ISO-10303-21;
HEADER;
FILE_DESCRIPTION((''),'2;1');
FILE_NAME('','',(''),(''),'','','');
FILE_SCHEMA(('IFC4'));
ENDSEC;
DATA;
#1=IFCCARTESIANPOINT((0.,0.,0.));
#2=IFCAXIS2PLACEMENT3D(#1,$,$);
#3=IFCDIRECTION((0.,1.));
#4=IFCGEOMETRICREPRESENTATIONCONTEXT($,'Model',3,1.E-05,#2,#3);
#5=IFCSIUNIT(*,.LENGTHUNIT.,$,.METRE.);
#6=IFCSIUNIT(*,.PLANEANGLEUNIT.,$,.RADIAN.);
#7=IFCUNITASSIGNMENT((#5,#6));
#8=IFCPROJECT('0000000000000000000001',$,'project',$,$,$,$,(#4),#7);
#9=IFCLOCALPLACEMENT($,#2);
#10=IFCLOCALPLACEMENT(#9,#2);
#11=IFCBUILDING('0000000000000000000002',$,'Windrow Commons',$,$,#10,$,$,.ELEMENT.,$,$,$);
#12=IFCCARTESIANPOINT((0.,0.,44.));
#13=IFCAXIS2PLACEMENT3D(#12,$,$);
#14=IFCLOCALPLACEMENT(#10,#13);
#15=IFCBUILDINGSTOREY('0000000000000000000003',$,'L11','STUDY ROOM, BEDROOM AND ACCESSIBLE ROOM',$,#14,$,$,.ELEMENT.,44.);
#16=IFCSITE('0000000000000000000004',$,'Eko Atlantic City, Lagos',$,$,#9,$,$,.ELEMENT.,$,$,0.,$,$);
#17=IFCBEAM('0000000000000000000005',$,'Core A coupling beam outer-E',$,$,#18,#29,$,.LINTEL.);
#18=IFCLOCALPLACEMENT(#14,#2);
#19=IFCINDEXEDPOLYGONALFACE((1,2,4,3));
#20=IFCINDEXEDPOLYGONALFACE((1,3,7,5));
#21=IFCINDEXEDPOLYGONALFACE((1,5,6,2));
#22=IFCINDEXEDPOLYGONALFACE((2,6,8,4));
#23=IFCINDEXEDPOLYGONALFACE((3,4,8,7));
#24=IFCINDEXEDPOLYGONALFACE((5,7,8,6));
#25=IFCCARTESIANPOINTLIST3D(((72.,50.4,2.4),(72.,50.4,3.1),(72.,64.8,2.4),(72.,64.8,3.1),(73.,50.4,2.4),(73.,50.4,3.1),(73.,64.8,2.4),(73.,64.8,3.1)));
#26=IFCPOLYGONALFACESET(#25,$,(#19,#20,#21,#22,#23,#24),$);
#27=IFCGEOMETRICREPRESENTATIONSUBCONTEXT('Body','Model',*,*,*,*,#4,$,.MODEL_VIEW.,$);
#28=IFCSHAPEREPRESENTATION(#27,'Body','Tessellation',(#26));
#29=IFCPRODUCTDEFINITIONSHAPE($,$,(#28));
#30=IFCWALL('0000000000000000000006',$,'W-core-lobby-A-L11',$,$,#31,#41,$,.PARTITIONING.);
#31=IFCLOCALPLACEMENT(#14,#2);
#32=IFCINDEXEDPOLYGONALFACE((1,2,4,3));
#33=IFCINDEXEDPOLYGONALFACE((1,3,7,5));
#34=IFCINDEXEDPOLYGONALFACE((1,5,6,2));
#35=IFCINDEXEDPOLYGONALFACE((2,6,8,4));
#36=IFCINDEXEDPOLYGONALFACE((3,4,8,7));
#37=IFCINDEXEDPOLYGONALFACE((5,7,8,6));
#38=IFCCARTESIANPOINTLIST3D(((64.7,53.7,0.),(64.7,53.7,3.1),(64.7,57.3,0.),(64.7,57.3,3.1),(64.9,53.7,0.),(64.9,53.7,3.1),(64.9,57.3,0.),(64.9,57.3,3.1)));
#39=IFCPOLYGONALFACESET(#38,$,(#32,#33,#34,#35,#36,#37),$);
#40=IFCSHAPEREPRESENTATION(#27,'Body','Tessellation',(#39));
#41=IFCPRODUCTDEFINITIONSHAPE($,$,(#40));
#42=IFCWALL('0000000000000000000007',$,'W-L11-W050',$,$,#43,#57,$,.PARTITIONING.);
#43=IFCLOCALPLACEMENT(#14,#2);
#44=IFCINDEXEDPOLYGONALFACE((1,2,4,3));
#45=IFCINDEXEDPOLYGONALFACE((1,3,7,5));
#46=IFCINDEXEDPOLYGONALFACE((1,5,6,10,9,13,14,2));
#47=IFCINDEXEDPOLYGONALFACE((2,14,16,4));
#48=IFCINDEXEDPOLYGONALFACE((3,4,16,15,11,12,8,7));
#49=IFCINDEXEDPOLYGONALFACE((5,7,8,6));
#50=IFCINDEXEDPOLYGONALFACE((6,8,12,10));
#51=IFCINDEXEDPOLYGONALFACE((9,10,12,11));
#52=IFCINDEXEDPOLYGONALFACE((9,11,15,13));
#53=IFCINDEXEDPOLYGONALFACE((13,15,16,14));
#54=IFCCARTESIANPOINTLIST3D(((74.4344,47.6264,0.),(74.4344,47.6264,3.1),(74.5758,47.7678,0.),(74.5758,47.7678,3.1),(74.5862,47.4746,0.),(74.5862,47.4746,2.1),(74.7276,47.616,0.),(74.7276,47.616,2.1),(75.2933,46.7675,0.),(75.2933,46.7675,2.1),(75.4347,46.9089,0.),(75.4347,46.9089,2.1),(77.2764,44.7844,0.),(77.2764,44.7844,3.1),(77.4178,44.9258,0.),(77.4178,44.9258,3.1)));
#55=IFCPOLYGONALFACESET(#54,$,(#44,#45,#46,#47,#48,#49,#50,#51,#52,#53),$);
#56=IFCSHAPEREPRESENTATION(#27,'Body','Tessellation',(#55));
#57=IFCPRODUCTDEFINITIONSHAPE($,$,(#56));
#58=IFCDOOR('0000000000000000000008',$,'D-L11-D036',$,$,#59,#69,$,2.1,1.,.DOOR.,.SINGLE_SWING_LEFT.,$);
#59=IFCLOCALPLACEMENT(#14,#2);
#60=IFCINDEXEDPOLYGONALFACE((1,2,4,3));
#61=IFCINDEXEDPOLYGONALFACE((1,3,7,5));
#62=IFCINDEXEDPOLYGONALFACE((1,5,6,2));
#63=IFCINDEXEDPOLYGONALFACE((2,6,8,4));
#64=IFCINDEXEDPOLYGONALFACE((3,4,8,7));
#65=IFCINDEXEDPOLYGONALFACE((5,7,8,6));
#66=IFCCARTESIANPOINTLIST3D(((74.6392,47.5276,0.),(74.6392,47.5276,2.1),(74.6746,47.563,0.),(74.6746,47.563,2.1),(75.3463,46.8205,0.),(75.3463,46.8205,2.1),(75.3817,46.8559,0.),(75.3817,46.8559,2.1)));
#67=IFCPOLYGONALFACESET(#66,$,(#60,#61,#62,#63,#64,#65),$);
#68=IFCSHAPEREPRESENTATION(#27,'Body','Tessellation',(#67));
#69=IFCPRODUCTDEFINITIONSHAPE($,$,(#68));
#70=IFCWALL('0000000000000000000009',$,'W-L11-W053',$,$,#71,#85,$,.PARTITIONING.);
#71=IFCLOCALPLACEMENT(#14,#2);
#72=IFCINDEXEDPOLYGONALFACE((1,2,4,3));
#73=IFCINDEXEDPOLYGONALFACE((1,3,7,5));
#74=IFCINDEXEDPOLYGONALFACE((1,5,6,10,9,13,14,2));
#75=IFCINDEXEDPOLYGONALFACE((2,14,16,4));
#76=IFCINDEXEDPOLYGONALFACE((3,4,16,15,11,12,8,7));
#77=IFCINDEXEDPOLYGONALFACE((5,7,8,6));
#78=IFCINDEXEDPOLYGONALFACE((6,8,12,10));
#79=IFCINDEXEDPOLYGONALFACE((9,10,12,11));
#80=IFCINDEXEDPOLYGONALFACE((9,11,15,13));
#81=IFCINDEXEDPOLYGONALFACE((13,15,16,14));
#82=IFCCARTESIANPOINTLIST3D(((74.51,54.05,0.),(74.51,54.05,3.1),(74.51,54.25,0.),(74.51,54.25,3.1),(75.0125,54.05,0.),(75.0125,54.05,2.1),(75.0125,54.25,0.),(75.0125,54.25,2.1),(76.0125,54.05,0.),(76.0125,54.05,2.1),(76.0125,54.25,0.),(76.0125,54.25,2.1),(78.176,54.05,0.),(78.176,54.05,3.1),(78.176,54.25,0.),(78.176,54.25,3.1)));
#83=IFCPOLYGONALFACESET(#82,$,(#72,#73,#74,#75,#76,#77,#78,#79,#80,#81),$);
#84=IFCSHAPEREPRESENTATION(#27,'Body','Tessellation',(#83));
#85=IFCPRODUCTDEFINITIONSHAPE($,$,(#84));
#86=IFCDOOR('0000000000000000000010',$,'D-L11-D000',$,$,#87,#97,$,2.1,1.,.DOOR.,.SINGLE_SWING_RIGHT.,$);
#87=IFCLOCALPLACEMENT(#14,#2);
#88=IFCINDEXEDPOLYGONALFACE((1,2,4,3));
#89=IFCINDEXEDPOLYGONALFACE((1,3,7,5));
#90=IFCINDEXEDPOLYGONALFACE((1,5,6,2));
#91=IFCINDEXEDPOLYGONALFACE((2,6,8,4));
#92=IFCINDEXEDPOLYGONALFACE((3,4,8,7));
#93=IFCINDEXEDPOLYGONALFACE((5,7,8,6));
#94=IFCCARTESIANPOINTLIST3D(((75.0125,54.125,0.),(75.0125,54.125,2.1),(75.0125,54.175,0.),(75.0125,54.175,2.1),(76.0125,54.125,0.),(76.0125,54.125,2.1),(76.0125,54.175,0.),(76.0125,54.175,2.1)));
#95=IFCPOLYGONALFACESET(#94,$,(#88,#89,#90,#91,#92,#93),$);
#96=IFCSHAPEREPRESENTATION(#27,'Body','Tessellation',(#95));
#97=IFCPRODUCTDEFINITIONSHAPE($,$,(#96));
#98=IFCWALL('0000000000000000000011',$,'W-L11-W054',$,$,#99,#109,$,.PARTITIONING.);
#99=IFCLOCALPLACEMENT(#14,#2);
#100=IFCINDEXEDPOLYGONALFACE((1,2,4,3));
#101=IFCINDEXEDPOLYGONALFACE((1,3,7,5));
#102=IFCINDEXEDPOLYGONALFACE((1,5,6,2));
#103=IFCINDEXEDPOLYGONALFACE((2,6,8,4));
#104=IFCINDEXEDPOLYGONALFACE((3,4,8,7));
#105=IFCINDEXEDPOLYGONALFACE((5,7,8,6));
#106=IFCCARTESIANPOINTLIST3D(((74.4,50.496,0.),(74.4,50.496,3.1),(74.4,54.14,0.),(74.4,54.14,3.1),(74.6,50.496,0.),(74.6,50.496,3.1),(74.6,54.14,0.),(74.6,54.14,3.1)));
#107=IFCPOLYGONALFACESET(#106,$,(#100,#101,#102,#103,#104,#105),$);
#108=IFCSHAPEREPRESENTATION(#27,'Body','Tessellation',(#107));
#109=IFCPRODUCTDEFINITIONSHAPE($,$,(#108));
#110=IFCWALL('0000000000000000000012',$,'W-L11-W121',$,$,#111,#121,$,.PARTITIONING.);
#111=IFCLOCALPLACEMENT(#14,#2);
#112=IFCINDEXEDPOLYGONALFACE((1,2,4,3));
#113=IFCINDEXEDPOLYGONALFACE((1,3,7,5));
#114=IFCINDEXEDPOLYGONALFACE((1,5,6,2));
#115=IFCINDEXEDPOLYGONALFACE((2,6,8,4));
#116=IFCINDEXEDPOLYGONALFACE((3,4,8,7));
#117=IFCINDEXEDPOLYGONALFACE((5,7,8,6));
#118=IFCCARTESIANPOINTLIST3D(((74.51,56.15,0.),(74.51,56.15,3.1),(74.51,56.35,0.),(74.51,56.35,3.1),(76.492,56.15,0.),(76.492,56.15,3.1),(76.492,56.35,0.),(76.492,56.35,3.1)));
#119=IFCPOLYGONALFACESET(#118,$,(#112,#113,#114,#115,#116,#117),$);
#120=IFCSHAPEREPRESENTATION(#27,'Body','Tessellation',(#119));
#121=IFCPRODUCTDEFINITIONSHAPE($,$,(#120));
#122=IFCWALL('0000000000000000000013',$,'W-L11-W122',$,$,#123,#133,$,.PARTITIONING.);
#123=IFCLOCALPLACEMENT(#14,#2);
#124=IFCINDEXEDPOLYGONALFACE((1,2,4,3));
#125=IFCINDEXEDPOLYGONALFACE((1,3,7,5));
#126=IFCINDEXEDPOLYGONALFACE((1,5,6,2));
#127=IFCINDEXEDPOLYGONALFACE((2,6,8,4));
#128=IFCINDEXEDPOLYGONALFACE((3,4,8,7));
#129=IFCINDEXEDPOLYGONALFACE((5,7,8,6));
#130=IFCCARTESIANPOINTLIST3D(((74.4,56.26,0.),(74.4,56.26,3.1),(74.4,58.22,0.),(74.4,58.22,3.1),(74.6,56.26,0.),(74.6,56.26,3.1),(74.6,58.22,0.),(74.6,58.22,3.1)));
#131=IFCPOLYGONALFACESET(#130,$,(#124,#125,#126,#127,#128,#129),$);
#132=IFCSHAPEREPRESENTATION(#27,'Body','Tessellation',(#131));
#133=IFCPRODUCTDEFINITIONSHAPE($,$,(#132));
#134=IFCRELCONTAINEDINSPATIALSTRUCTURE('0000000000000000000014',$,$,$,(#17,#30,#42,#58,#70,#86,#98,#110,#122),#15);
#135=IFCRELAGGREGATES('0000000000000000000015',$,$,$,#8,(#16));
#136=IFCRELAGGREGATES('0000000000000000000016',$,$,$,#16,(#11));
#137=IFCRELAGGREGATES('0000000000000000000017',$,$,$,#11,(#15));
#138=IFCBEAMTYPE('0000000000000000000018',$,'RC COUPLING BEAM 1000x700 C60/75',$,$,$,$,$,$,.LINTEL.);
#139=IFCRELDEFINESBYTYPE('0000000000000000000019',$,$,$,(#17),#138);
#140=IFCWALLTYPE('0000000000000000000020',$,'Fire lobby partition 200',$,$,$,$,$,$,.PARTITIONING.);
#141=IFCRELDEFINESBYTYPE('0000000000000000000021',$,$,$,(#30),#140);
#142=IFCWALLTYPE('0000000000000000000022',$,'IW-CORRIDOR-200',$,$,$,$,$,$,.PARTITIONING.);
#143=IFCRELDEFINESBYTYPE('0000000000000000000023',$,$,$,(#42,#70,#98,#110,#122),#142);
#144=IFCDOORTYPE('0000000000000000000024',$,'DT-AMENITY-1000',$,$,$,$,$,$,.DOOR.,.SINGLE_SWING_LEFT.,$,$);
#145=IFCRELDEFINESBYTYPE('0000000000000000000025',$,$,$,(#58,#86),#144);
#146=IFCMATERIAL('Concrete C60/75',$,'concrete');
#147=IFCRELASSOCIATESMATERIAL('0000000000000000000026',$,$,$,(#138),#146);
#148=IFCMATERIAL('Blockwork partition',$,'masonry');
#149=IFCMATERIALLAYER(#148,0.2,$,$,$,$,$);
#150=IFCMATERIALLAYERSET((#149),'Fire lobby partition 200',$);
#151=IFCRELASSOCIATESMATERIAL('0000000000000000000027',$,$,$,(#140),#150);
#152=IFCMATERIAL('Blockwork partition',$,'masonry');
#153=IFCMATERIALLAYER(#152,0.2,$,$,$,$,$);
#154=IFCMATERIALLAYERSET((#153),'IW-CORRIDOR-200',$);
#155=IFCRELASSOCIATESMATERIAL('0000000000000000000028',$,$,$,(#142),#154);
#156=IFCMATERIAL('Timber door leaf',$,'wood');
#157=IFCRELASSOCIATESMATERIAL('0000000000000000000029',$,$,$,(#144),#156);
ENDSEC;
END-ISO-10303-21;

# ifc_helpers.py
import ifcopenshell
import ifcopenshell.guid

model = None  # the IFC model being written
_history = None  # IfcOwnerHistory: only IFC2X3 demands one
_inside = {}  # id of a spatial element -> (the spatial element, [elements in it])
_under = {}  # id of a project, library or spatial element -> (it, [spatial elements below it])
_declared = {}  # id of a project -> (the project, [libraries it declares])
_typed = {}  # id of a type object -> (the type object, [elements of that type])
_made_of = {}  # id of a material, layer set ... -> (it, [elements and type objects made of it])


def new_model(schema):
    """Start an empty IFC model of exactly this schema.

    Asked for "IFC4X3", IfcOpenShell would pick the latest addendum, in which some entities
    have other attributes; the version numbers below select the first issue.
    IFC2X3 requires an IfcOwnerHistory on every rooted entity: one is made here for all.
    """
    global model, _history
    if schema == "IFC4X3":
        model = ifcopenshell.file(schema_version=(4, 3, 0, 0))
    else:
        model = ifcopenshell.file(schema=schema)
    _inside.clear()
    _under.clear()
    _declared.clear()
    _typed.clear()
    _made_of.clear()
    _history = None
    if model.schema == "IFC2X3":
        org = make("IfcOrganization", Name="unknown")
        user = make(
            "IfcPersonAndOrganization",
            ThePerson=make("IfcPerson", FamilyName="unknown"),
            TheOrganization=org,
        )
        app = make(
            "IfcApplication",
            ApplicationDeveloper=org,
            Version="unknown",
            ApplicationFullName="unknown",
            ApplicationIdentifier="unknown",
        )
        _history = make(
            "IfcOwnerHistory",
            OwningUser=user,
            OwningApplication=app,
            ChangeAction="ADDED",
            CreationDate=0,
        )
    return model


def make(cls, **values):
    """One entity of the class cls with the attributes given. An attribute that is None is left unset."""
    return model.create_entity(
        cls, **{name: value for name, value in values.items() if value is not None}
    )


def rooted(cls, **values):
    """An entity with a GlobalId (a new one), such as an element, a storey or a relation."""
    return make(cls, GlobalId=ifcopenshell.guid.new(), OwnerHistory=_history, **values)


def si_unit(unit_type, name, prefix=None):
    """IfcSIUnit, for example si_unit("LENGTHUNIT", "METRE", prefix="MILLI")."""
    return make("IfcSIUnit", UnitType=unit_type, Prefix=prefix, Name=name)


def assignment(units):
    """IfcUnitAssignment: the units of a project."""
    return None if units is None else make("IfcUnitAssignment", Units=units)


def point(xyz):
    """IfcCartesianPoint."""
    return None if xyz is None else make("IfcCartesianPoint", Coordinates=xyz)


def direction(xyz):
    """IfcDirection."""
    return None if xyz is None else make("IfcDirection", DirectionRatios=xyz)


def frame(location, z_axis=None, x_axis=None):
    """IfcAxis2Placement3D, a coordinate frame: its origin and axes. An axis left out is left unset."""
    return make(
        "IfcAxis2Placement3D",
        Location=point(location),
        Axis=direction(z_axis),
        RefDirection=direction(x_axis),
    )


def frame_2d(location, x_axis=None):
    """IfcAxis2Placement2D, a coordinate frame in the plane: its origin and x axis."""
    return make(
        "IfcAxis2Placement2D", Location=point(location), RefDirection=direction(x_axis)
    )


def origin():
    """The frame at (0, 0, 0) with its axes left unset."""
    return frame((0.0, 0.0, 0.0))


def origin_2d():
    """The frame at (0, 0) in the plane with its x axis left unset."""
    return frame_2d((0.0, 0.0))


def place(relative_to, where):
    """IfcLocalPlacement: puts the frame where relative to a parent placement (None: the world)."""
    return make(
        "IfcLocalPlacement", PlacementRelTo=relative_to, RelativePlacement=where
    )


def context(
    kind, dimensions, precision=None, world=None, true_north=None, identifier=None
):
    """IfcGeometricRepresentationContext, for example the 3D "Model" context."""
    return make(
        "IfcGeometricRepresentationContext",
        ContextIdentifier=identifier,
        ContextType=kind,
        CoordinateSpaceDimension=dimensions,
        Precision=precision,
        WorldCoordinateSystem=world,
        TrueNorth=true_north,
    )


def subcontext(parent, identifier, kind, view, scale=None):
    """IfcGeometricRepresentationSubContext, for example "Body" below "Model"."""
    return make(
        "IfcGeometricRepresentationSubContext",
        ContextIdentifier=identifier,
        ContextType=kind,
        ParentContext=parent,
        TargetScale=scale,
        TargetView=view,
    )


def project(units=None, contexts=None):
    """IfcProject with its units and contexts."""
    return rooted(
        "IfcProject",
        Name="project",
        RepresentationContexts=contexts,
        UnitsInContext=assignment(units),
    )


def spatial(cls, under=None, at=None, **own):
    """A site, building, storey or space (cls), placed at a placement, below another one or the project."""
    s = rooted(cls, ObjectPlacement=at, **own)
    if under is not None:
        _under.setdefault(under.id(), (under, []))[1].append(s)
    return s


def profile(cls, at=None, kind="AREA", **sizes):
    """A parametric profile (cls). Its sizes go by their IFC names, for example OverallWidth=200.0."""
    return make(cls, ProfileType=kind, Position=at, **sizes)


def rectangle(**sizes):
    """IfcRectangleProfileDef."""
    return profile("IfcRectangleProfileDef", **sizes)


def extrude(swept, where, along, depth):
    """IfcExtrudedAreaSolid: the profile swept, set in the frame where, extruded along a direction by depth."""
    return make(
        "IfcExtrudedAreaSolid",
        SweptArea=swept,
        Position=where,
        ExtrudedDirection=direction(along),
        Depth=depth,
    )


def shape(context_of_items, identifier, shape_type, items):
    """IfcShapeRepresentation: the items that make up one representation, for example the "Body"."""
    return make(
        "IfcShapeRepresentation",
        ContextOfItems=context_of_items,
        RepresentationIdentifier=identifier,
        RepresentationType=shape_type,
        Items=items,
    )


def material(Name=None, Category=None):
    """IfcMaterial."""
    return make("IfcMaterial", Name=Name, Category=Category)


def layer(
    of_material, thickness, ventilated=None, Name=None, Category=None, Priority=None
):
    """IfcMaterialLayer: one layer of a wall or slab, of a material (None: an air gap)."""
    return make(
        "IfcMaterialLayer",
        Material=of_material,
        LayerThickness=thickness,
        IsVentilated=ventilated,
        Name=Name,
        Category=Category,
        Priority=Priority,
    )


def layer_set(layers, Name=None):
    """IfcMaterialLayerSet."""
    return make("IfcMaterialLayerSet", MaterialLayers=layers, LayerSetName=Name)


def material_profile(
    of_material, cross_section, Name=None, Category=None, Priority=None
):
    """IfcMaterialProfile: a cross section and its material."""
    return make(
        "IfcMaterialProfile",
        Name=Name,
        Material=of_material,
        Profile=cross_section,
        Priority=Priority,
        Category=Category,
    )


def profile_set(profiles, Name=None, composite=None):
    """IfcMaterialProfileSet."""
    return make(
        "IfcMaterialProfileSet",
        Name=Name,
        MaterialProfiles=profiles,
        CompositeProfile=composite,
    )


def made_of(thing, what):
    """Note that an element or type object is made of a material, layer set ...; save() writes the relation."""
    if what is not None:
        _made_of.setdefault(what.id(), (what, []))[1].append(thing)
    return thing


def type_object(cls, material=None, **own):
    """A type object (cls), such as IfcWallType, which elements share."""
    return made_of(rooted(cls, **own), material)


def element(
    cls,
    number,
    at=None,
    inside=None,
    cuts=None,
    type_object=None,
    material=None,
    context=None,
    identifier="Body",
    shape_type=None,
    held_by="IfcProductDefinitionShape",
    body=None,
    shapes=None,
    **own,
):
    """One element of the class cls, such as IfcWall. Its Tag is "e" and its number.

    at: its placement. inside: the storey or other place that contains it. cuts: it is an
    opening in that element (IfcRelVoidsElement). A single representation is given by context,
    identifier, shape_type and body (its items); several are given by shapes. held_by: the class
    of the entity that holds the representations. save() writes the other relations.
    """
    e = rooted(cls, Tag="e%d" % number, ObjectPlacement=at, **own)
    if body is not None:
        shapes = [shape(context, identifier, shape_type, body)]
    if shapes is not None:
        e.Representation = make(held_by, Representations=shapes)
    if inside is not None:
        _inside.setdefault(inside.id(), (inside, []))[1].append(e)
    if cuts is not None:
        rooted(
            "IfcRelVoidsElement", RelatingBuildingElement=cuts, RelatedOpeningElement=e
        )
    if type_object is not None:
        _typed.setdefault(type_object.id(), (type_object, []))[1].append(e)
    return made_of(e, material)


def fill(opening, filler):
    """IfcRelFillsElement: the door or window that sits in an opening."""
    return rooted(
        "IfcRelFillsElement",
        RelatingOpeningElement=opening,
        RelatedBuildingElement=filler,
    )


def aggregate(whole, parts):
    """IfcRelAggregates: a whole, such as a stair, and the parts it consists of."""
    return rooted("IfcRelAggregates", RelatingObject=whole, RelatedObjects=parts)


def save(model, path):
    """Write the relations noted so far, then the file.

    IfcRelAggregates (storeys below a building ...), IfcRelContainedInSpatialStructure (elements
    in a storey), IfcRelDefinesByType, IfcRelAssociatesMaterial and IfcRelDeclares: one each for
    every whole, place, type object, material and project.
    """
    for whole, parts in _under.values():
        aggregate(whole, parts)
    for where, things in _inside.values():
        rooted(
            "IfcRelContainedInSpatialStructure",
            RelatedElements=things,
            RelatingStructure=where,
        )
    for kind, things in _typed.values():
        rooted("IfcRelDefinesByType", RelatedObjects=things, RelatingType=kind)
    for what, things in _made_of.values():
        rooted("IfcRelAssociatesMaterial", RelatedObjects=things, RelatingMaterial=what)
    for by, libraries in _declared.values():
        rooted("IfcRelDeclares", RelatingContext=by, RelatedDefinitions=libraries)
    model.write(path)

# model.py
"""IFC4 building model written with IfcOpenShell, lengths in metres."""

from ifc_helpers import new_model, si_unit, direction, frame, frame_2d, origin, origin_2d, place, context, subcontext, project, spatial, rectangle, extrude, material, layer, layer_set, material_profile, profile_set, type_object, element, fill, save


model = new_model("IFC4")

# Units and contexts
model_context = context("Model", 3, precision=1e-05, world=origin(), true_north=direction((0.0, 1.0)))
body_context = subcontext(model_context, "Body", "Model", "MODEL_VIEW")
ifc_project = project(units=[si_unit("LENGTHUNIT", "METRE"), si_unit("PLANEANGLEUNIT", "RADIAN")], contexts=[model_context])

# Site, building, storey
site_placement = place(None, origin())
site = spatial("IfcSite", under=ifc_project, at=site_placement, Name="Eko Atlantic City, Lagos", CompositionType="ELEMENT", RefElevation=0.0)
building_placement = place(site_placement, origin())
building = spatial("IfcBuilding", under=site, at=building_placement, Name="Windrow Commons", CompositionType="ELEMENT")
storey_placement = place(building_placement, frame((0.0, 0.0, 44.0)))
storey = spatial("IfcBuildingStorey", under=building, at=storey_placement, Name="L11", Description="STUDY ROOM, BEDROOM AND ACCESSIBLE ROOM", CompositionType="ELEMENT", Elevation=44.0)

# Beam
ifc_material_1 = material(Name="Concrete C60/75", Category="concrete")
ifc_material_profile = material_profile(ifc_material_1, rectangle(XDim=1.0, YDim=0.7, at=origin_2d()))
ifc_profile_set = profile_set([ifc_material_profile], Name="Concrete C60/75")
beam_type = type_object("IfcBeamType", Name="RC COUPLING BEAM 1000x700 C60/75", PredefinedType="LINTEL", material=ifc_profile_set)
beam_placement = place(storey_placement, frame((72.5, 50.4, 2.75), z_axis=(0.0, 1.0, 0.0), x_axis=(-1.0, 0.0, 0.0)))
element("IfcBeam", 1, at=beam_placement, inside=storey, type_object=beam_type, Name="Core A coupling beam outer-E", PredefinedType="LINTEL", context=body_context, shape_type="SweptSolid", body=[
    extrude(rectangle(XDim=1.0, YDim=0.7, at=origin_2d()), origin(), (0.0, 0.0, 1.0), 14.4),
])

# Wall
ifc_material_2 = material(Name="Blockwork partition", Category="masonry")
ifc_layer_1 = layer(ifc_material_2, 0.2)
ifc_layer_set_1 = layer_set([ifc_layer_1], Name="Fire lobby partition 200")
wall_type_1 = type_object("IfcWallType", Name="Fire lobby partition 200", PredefinedType="PARTITIONING", material=ifc_layer_set_1)
wall_1_placement = place(storey_placement, frame((64.8, 53.7, 0.0), z_axis=(0.0, 0.0, 1.0), x_axis=(0.0, 1.0, 0.0)))
element("IfcWall", 2, at=wall_1_placement, inside=storey, type_object=wall_type_1, Name="W-core-lobby-A-L11", PredefinedType="PARTITIONING", context=body_context, shape_type="SweptSolid", body=[
    extrude(rectangle(XDim=3.6, YDim=0.2, at=frame_2d((1.8, 0.0))), origin(), (0.0, 0.0, 1.0), 3.1),
])

# Walls, openings, doors
ifc_material_3 = material(Name="Blockwork partition", Category="masonry")
ifc_layer_2 = layer(ifc_material_3, 0.2)
ifc_layer_set_2 = layer_set([ifc_layer_2], Name="IW-CORRIDOR-200")
wall_type_2 = type_object("IfcWallType", Name="IW-CORRIDOR-200", PredefinedType="PARTITIONING", material=ifc_layer_set_2)
wall_2_placement = place(storey_placement, frame((74.5051, 47.6971, 0.0), z_axis=(0.0, 0.0, 1.0), x_axis=(0.707107, -0.707107, 0.0)))
wall_2 = element("IfcWall", 3, at=wall_2_placement, inside=storey, type_object=wall_type_2, Name="W-L11-W050", PredefinedType="PARTITIONING", context=body_context, shape_type="SweptSolid", body=[
    extrude(rectangle(XDim=4.0192, YDim=0.2, at=frame_2d((2.0096, 0.0))), origin(), (0.0, 0.0, 1.0), 3.1),
])
opening_1_placement = place(wall_2_placement, frame((0.2147, 0.0, 0.0)))
opening_1 = element("IfcOpeningElement", 4, at=opening_1_placement, cuts=wall_2, PredefinedType="OPENING", context=body_context, shape_type="SweptSolid", body=[
    extrude(rectangle(XDim=1.0, YDim=2.1, at=frame_2d((0.5, 1.05))), frame((0.0, 0.11, 0.0), z_axis=(0.0, -1.0, 0.0), x_axis=(1.0, 0.0, 0.0)), (0.0, 0.0, 1.0), 0.22),
])
ifc_material_4 = material(Name="Timber door leaf", Category="wood")
door_type_1 = type_object("IfcDoorType", Name="DT-AMENITY-1000", OperationType="SINGLE_SWING_LEFT", PredefinedType="DOOR", material=ifc_material_4)
door_1_placement = place(opening_1_placement, origin())
door_1 = element("IfcDoor", 5, at=door_1_placement, inside=storey, type_object=door_type_1, Name="D-L11-D036", OperationType="SINGLE_SWING_LEFT", OverallHeight=2.1, OverallWidth=1.0, PredefinedType="DOOR", context=body_context, shape_type="SweptSolid", body=[
    extrude(rectangle(XDim=1.0, YDim=2.1, at=frame_2d((0.5, 1.05))), frame((0.0, 0.025, 0.0), z_axis=(0.0, -1.0, 0.0), x_axis=(1.0, 0.0, 0.0)), (0.0, 0.0, 1.0), 0.05),
])
fill(opening_1, door_1)
wall_3_placement = place(storey_placement, frame((74.51, 54.15, 0.0), z_axis=(0.0, 0.0, 1.0), x_axis=(1.0, 0.0, 0.0)))
wall_3 = element("IfcWall", 6, at=wall_3_placement, inside=storey, type_object=wall_type_2, Name="W-L11-W053", PredefinedType="PARTITIONING", context=body_context, shape_type="SweptSolid", body=[
    extrude(rectangle(XDim=3.666, YDim=0.2, at=frame_2d((1.833, 0.0))), origin(), (0.0, 0.0, 1.0), 3.1),
])
opening_2_placement = place(wall_3_placement, frame((0.5025, 0.0, 0.0)))
opening_2 = element("IfcOpeningElement", 7, at=opening_2_placement, cuts=wall_3, PredefinedType="OPENING", context=body_context, shape_type="SweptSolid", body=[
    extrude(rectangle(XDim=1.0, YDim=2.1, at=frame_2d((0.5, 1.05))), frame((0.0, 0.11, 0.0), z_axis=(0.0, -1.0, 0.0), x_axis=(1.0, 0.0, 0.0)), (0.0, 0.0, 1.0), 0.22),
])
door_2_placement = place(opening_2_placement, origin())
door_2 = element("IfcDoor", 8, at=door_2_placement, inside=storey, type_object=door_type_1, Name="D-L11-D000", OperationType="SINGLE_SWING_RIGHT", OverallHeight=2.1, OverallWidth=1.0, PredefinedType="DOOR", context=body_context, shape_type="SweptSolid", body=[
    extrude(rectangle(XDim=1.0, YDim=2.1, at=frame_2d((0.5, 1.05))), frame((0.0, 0.025, 0.0), z_axis=(0.0, -1.0, 0.0), x_axis=(1.0, 0.0, 0.0)), (0.0, 0.0, 1.0), 0.05),
])
fill(opening_2, door_2)

# Walls
wall_4_placement = place(storey_placement, frame((74.5, 50.496, 0.0), z_axis=(0.0, 0.0, 1.0), x_axis=(0.0, 1.0, 0.0)))
element("IfcWall", 9, at=wall_4_placement, inside=storey, type_object=wall_type_2, Name="W-L11-W054", PredefinedType="PARTITIONING", context=body_context, shape_type="SweptSolid", body=[
    extrude(rectangle(XDim=3.644, YDim=0.2, at=frame_2d((1.822, 0.0))), origin(), (0.0, 0.0, 1.0), 3.1),
])
wall_5_placement = place(storey_placement, frame((74.51, 56.25, 0.0), z_axis=(0.0, 0.0, 1.0), x_axis=(1.0, 0.0, 0.0)))
element("IfcWall", 10, at=wall_5_placement, inside=storey, type_object=wall_type_2, Name="W-L11-W121", PredefinedType="PARTITIONING", context=body_context, shape_type="SweptSolid", body=[
    extrude(rectangle(XDim=1.982, YDim=0.2, at=frame_2d((0.991, 0.0))), origin(), (0.0, 0.0, 1.0), 3.1),
])
wall_6_placement = place(storey_placement, frame((74.5, 56.26, 0.0), z_axis=(0.0, 0.0, 1.0), x_axis=(0.0, 1.0, 0.0)))
element("IfcWall", 11, at=wall_6_placement, inside=storey, type_object=wall_type_2, Name="W-L11-W122", PredefinedType="PARTITIONING", context=body_context, shape_type="SweptSolid", body=[
    extrude(rectangle(XDim=1.96, YDim=0.2, at=frame_2d((0.98, 0.0))), origin(), (0.0, 0.0, 1.0), 3.1),
])

save(model, "model.ifc")
